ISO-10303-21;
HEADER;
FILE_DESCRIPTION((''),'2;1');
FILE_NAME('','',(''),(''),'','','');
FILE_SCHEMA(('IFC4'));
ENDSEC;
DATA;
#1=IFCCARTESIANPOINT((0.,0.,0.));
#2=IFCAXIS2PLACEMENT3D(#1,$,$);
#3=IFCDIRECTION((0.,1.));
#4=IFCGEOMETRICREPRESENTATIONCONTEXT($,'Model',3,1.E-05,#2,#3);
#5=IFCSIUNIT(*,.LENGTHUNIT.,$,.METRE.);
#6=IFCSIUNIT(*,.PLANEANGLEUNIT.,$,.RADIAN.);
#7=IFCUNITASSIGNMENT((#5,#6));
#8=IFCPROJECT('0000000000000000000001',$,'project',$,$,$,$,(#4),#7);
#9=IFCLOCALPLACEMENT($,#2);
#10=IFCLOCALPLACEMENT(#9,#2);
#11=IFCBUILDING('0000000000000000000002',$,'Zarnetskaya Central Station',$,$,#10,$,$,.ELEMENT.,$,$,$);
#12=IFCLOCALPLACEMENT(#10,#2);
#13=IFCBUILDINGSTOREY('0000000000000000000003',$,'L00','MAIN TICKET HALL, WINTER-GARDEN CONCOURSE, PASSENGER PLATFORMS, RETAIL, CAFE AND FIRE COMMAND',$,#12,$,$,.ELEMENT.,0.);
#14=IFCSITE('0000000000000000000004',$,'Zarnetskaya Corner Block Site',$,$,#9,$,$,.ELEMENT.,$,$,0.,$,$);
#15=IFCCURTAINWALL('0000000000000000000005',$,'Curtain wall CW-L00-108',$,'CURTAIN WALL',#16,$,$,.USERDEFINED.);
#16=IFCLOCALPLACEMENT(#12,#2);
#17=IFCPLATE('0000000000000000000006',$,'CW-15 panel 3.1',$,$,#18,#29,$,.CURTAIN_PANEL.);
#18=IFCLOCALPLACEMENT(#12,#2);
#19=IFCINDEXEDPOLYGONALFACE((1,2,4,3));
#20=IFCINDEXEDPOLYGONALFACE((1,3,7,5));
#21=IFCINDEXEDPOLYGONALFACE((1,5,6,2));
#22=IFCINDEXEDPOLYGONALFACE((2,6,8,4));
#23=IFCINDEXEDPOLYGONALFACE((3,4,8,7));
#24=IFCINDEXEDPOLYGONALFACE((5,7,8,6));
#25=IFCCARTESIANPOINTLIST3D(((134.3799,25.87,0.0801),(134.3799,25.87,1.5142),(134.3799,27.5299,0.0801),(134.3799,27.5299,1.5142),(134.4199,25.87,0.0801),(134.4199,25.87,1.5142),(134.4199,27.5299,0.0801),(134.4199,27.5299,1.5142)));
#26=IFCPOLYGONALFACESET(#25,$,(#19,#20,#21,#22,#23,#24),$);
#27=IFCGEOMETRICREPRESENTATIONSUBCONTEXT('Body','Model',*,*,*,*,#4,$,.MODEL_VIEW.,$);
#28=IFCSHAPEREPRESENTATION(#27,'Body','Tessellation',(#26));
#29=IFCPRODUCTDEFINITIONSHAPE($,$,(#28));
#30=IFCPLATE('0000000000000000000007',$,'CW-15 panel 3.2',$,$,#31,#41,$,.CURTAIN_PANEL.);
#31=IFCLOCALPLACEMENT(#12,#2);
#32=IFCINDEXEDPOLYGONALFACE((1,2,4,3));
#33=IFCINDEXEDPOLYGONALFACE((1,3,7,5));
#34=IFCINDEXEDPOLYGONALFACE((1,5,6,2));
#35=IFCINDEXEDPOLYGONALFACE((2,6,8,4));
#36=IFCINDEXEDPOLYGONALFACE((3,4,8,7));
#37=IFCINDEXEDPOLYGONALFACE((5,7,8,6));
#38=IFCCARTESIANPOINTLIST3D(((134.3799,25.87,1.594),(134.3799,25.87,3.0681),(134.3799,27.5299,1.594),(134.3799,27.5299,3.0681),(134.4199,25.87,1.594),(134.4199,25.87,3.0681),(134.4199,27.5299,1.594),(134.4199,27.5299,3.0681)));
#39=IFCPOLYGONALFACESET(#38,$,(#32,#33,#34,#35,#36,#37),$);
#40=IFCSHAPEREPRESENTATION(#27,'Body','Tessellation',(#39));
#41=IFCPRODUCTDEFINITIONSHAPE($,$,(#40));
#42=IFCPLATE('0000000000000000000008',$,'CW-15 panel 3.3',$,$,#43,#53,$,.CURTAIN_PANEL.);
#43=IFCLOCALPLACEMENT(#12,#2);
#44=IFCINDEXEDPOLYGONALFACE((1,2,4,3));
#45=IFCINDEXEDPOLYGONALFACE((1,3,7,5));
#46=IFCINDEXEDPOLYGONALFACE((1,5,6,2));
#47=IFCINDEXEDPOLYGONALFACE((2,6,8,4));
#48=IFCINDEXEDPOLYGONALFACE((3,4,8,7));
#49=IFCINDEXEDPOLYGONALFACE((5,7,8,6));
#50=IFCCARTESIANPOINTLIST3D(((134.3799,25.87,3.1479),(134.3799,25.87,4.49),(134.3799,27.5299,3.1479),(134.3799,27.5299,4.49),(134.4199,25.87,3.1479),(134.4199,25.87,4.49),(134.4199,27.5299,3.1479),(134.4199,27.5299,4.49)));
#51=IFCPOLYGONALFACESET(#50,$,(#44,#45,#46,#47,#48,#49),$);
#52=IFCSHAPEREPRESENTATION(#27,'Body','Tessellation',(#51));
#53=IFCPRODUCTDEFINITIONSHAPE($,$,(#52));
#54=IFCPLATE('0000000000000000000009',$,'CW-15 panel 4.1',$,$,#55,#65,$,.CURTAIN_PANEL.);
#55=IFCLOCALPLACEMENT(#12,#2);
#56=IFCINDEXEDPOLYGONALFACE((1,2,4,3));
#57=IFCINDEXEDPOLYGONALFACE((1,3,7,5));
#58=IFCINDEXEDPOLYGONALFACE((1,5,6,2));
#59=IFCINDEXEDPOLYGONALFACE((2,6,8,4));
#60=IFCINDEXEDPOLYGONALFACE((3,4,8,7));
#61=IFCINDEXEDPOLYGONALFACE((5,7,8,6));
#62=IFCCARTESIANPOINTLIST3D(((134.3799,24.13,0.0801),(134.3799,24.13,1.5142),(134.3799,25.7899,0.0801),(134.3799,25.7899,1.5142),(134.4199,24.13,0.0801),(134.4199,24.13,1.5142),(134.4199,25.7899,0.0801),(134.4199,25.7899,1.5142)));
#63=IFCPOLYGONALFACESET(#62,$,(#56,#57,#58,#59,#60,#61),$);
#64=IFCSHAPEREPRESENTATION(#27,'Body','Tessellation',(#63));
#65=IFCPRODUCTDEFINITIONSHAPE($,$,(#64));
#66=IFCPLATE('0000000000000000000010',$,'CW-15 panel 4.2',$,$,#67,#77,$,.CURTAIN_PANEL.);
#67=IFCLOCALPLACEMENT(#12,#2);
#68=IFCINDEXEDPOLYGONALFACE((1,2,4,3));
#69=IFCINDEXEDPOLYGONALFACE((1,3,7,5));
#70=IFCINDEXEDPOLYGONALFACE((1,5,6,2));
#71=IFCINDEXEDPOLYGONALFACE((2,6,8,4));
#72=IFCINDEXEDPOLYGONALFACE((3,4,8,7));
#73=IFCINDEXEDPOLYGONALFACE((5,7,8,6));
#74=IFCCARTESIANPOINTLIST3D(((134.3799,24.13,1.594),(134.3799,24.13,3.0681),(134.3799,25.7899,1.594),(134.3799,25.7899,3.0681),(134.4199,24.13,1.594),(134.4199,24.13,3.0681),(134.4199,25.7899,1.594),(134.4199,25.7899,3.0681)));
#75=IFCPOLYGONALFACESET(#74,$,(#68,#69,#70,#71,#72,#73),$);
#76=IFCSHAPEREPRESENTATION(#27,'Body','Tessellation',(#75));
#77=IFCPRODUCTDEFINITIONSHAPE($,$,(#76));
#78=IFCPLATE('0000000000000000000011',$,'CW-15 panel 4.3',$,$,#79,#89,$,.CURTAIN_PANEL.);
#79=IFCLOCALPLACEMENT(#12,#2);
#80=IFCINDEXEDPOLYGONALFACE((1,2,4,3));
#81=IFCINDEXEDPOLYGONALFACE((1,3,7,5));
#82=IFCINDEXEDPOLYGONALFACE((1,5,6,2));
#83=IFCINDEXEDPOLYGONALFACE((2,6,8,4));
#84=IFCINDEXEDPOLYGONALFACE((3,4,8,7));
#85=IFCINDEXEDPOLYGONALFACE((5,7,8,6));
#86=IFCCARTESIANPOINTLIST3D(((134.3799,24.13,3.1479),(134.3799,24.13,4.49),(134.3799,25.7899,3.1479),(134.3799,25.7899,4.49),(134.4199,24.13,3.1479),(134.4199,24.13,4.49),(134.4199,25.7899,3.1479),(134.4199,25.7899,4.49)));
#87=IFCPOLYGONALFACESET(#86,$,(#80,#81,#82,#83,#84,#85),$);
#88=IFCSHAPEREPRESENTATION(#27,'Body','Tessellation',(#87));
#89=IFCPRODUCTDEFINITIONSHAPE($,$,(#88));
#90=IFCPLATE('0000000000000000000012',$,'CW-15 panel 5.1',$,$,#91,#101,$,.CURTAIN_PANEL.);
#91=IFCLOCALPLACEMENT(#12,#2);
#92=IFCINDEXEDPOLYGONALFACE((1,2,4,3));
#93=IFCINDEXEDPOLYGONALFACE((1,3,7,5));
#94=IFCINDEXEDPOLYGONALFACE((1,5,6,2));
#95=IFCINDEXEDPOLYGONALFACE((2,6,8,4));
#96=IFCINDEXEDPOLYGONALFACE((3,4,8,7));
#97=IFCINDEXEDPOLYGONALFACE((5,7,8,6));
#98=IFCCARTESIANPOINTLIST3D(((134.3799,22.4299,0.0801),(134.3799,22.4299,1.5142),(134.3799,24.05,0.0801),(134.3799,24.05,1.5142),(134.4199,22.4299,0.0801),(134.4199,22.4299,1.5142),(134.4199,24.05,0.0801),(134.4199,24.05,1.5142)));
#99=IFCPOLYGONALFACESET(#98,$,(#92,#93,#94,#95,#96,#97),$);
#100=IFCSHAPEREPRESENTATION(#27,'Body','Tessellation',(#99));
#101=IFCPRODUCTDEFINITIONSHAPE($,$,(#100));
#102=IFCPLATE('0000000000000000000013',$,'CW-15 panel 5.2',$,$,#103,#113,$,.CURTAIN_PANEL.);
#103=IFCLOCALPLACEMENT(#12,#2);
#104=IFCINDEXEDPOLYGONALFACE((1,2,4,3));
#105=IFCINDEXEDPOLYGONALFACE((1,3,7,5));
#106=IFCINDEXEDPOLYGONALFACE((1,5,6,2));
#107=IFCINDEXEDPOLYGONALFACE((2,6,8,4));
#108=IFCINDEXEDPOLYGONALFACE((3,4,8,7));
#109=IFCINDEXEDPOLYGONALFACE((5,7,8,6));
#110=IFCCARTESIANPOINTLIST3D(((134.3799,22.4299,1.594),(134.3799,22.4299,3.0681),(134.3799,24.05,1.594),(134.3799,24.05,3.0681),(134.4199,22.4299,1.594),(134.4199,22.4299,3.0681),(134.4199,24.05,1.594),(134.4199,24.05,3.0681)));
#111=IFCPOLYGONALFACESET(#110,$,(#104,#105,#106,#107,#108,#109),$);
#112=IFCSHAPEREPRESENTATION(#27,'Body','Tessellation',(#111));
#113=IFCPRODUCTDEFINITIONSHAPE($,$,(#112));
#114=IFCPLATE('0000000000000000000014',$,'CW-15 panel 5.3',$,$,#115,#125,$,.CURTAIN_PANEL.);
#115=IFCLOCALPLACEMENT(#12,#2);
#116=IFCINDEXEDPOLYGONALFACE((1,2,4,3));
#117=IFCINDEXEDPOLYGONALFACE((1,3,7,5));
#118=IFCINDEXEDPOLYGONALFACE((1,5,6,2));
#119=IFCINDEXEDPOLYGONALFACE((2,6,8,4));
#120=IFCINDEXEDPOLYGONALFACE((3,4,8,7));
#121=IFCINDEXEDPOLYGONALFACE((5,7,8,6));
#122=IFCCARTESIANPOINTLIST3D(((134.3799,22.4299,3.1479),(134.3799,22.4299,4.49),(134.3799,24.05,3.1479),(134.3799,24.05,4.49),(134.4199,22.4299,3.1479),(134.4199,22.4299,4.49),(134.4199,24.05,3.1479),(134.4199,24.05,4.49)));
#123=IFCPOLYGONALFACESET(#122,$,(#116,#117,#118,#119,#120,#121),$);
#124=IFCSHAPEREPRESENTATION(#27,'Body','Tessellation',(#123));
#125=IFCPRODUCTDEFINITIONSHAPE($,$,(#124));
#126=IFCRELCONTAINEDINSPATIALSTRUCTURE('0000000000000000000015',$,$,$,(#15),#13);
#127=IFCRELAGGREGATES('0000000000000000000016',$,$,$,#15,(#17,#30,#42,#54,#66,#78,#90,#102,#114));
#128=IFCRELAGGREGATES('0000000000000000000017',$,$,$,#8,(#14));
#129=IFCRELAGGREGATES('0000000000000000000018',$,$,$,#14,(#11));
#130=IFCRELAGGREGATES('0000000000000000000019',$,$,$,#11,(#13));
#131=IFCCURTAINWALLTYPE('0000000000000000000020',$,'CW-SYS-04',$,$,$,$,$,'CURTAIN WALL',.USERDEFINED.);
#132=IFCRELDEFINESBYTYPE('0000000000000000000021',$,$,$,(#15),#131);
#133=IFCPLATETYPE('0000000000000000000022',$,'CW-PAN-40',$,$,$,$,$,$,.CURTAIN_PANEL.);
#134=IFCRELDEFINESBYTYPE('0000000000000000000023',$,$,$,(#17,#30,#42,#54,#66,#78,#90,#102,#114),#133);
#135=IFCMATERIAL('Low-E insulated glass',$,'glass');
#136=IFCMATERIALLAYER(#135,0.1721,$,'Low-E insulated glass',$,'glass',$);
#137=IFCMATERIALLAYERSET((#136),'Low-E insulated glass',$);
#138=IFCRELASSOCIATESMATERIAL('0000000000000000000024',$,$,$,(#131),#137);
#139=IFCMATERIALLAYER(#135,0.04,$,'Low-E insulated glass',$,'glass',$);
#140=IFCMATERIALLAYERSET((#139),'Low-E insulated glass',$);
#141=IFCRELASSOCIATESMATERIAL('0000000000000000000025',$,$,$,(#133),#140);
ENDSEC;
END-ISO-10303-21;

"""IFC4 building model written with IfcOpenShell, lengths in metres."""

from ifc_helpers import new_model, si_unit, direction, frame, origin, origin_2d, place, context, subcontext, project, spatial, rectangle, extrude, material, layer, layer_set, type_object, element, aggregate, save


model = new_model("IFC4")

# Units and contexts
model_context = context("Model", 3, precision=1e-05, world=origin(), true_north=direction((0.0, 1.0)))
body_context = subcontext(model_context, "Body", "Model", "MODEL_VIEW")
ifc_project = project(units=[si_unit("LENGTHUNIT", "METRE"), si_unit("PLANEANGLEUNIT", "RADIAN")], contexts=[model_context])

# Site, building, storey
site_placement = place(None, origin())
site = spatial("IfcSite", under=ifc_project, at=site_placement, Name="Zarnetskaya Corner Block Site", CompositionType="ELEMENT", RefElevation=0.0)
building_placement = place(site_placement, origin())
building = spatial("IfcBuilding", under=site, at=building_placement, Name="Zarnetskaya Central Station", CompositionType="ELEMENT")
storey_placement = place(building_placement, origin())
storey = spatial("IfcBuildingStorey", under=building, at=storey_placement, Name="L00", Description="MAIN TICKET HALL, WINTER-GARDEN CONCOURSE, PASSENGER PLATFORMS, RETAIL, CAFE AND FIRE COMMAND", CompositionType="ELEMENT", Elevation=0.0)

# Curtain wall
ifc_material_1 = material(Name="Low-E insulated glass", Category="glass")
ifc_layer_1 = layer(ifc_material_1, 0.1721, Name="Low-E insulated glass", Category="glass")
ifc_layer_set_1 = layer_set([ifc_layer_1], Name="Low-E insulated glass")
curtain_wall_type = type_object("IfcCurtainWallType", Name="CW-SYS-04", ElementType="CURTAIN WALL", PredefinedType="USERDEFINED", material=ifc_layer_set_1)
curtain_wall_placement = place(storey_placement, origin())
curtain_wall = element("IfcCurtainWall", 1, at=curtain_wall_placement, inside=storey, type_object=curtain_wall_type, Name="Curtain wall CW-L00-108", ObjectType="CURTAIN WALL", PredefinedType="USERDEFINED")

# Plates
ifc_layer_2 = layer(ifc_material_1, 0.04, Name="Low-E insulated glass", Category="glass")
ifc_layer_set_2 = layer_set([ifc_layer_2], Name="Low-E insulated glass")
plate_type = type_object("IfcPlateType", Name="CW-PAN-40", PredefinedType="CURTAIN_PANEL", material=ifc_layer_set_2)
plate_1_placement = place(storey_placement, frame((134.3999, 26.7, 0.0801), z_axis=(0.0, 0.0, 1.0), x_axis=(0.0, -1.0, 0.0)))
plate_1 = element("IfcPlate", 2, at=plate_1_placement, type_object=plate_type, Name="CW-15 panel 3.1", PredefinedType="CURTAIN_PANEL", context=body_context, shape_type="SweptSolid", body=[
    extrude(rectangle(XDim=1.6599, YDim=0.04, at=origin_2d()), origin(), (0.0, 0.0, 1.0), 1.4341),
])
plate_2_placement = place(storey_placement, frame((134.3999, 26.7, 1.594), z_axis=(0.0, 0.0, 1.0), x_axis=(0.0, -1.0, 0.0)))
plate_2 = element("IfcPlate", 3, at=plate_2_placement, type_object=plate_type, Name="CW-15 panel 3.2", PredefinedType="CURTAIN_PANEL", context=body_context, shape_type="SweptSolid", body=[
    extrude(rectangle(XDim=1.6599, YDim=0.04, at=origin_2d()), origin(), (0.0, 0.0, 1.0), 1.4741),
])
plate_3_placement = place(storey_placement, frame((134.3999, 26.7, 3.1479), z_axis=(0.0, 0.0, 1.0), x_axis=(0.0, -1.0, 0.0)))
plate_3 = element("IfcPlate", 4, at=plate_3_placement, type_object=plate_type, Name="CW-15 panel 3.3", PredefinedType="CURTAIN_PANEL", context=body_context, shape_type="SweptSolid", body=[
    extrude(rectangle(XDim=1.6599, YDim=0.04, at=origin_2d()), origin(), (0.0, 0.0, 1.0), 1.342),
])
plate_4_placement = place(storey_placement, frame((134.3999, 24.96, 0.0801), z_axis=(0.0, 0.0, 1.0), x_axis=(0.0, -1.0, 0.0)))
plate_4 = element("IfcPlate", 5, at=plate_4_placement, type_object=plate_type, Name="CW-15 panel 4.1", PredefinedType="CURTAIN_PANEL", context=body_context, shape_type="SweptSolid", body=[
    extrude(rectangle(XDim=1.6599, YDim=0.04, at=origin_2d()), origin(), (0.0, 0.0, 1.0), 1.4341),
])
plate_5_placement = place(storey_placement, frame((134.3999, 24.96, 1.594), z_axis=(0.0, 0.0, 1.0), x_axis=(0.0, -1.0, 0.0)))
plate_5 = element("IfcPlate", 6, at=plate_5_placement, type_object=plate_type, Name="CW-15 panel 4.2", PredefinedType="CURTAIN_PANEL", context=body_context, shape_type="SweptSolid", body=[
    extrude(rectangle(XDim=1.6599, YDim=0.04, at=origin_2d()), origin(), (0.0, 0.0, 1.0), 1.4741),
])
plate_6_placement = place(storey_placement, frame((134.3999, 24.96, 3.1479), z_axis=(0.0, 0.0, 1.0), x_axis=(0.0, -1.0, 0.0)))
plate_6 = element("IfcPlate", 7, at=plate_6_placement, type_object=plate_type, Name="CW-15 panel 4.3", PredefinedType="CURTAIN_PANEL", context=body_context, shape_type="SweptSolid", body=[
    extrude(rectangle(XDim=1.6599, YDim=0.04, at=origin_2d()), origin(), (0.0, 0.0, 1.0), 1.342),
])
plate_7_placement = place(storey_placement, frame((134.3999, 23.24, 0.0801), z_axis=(0.0, 0.0, 1.0), x_axis=(0.0, -1.0, 0.0)))
plate_7 = element("IfcPlate", 8, at=plate_7_placement, type_object=plate_type, Name="CW-15 panel 5.1", PredefinedType="CURTAIN_PANEL", context=body_context, shape_type="SweptSolid", body=[
    extrude(rectangle(XDim=1.6201, YDim=0.04, at=origin_2d()), origin(), (0.0, 0.0, 1.0), 1.4341),
])
plate_8_placement = place(storey_placement, frame((134.3999, 23.24, 1.594), z_axis=(0.0, 0.0, 1.0), x_axis=(0.0, -1.0, 0.0)))
plate_8 = element("IfcPlate", 9, at=plate_8_placement, type_object=plate_type, Name="CW-15 panel 5.2", PredefinedType="CURTAIN_PANEL", context=body_context, shape_type="SweptSolid", body=[
    extrude(rectangle(XDim=1.6201, YDim=0.04, at=origin_2d()), origin(), (0.0, 0.0, 1.0), 1.4741),
])
plate_9_placement = place(storey_placement, frame((134.3999, 23.24, 3.1479), z_axis=(0.0, 0.0, 1.0), x_axis=(0.0, -1.0, 0.0)))
plate_9 = element("IfcPlate", 10, at=plate_9_placement, type_object=plate_type, Name="CW-15 panel 5.3", PredefinedType="CURTAIN_PANEL", context=body_context, shape_type="SweptSolid", body=[
    extrude(rectangle(XDim=1.6201, YDim=0.04, at=origin_2d()), origin(), (0.0, 0.0, 1.0), 1.342),
])
aggregate(curtain_wall, [plate_1, plate_2, plate_3, plate_4, plate_5, plate_6, plate_7, plate_8, plate_9])

save(model, "model.ifc")
